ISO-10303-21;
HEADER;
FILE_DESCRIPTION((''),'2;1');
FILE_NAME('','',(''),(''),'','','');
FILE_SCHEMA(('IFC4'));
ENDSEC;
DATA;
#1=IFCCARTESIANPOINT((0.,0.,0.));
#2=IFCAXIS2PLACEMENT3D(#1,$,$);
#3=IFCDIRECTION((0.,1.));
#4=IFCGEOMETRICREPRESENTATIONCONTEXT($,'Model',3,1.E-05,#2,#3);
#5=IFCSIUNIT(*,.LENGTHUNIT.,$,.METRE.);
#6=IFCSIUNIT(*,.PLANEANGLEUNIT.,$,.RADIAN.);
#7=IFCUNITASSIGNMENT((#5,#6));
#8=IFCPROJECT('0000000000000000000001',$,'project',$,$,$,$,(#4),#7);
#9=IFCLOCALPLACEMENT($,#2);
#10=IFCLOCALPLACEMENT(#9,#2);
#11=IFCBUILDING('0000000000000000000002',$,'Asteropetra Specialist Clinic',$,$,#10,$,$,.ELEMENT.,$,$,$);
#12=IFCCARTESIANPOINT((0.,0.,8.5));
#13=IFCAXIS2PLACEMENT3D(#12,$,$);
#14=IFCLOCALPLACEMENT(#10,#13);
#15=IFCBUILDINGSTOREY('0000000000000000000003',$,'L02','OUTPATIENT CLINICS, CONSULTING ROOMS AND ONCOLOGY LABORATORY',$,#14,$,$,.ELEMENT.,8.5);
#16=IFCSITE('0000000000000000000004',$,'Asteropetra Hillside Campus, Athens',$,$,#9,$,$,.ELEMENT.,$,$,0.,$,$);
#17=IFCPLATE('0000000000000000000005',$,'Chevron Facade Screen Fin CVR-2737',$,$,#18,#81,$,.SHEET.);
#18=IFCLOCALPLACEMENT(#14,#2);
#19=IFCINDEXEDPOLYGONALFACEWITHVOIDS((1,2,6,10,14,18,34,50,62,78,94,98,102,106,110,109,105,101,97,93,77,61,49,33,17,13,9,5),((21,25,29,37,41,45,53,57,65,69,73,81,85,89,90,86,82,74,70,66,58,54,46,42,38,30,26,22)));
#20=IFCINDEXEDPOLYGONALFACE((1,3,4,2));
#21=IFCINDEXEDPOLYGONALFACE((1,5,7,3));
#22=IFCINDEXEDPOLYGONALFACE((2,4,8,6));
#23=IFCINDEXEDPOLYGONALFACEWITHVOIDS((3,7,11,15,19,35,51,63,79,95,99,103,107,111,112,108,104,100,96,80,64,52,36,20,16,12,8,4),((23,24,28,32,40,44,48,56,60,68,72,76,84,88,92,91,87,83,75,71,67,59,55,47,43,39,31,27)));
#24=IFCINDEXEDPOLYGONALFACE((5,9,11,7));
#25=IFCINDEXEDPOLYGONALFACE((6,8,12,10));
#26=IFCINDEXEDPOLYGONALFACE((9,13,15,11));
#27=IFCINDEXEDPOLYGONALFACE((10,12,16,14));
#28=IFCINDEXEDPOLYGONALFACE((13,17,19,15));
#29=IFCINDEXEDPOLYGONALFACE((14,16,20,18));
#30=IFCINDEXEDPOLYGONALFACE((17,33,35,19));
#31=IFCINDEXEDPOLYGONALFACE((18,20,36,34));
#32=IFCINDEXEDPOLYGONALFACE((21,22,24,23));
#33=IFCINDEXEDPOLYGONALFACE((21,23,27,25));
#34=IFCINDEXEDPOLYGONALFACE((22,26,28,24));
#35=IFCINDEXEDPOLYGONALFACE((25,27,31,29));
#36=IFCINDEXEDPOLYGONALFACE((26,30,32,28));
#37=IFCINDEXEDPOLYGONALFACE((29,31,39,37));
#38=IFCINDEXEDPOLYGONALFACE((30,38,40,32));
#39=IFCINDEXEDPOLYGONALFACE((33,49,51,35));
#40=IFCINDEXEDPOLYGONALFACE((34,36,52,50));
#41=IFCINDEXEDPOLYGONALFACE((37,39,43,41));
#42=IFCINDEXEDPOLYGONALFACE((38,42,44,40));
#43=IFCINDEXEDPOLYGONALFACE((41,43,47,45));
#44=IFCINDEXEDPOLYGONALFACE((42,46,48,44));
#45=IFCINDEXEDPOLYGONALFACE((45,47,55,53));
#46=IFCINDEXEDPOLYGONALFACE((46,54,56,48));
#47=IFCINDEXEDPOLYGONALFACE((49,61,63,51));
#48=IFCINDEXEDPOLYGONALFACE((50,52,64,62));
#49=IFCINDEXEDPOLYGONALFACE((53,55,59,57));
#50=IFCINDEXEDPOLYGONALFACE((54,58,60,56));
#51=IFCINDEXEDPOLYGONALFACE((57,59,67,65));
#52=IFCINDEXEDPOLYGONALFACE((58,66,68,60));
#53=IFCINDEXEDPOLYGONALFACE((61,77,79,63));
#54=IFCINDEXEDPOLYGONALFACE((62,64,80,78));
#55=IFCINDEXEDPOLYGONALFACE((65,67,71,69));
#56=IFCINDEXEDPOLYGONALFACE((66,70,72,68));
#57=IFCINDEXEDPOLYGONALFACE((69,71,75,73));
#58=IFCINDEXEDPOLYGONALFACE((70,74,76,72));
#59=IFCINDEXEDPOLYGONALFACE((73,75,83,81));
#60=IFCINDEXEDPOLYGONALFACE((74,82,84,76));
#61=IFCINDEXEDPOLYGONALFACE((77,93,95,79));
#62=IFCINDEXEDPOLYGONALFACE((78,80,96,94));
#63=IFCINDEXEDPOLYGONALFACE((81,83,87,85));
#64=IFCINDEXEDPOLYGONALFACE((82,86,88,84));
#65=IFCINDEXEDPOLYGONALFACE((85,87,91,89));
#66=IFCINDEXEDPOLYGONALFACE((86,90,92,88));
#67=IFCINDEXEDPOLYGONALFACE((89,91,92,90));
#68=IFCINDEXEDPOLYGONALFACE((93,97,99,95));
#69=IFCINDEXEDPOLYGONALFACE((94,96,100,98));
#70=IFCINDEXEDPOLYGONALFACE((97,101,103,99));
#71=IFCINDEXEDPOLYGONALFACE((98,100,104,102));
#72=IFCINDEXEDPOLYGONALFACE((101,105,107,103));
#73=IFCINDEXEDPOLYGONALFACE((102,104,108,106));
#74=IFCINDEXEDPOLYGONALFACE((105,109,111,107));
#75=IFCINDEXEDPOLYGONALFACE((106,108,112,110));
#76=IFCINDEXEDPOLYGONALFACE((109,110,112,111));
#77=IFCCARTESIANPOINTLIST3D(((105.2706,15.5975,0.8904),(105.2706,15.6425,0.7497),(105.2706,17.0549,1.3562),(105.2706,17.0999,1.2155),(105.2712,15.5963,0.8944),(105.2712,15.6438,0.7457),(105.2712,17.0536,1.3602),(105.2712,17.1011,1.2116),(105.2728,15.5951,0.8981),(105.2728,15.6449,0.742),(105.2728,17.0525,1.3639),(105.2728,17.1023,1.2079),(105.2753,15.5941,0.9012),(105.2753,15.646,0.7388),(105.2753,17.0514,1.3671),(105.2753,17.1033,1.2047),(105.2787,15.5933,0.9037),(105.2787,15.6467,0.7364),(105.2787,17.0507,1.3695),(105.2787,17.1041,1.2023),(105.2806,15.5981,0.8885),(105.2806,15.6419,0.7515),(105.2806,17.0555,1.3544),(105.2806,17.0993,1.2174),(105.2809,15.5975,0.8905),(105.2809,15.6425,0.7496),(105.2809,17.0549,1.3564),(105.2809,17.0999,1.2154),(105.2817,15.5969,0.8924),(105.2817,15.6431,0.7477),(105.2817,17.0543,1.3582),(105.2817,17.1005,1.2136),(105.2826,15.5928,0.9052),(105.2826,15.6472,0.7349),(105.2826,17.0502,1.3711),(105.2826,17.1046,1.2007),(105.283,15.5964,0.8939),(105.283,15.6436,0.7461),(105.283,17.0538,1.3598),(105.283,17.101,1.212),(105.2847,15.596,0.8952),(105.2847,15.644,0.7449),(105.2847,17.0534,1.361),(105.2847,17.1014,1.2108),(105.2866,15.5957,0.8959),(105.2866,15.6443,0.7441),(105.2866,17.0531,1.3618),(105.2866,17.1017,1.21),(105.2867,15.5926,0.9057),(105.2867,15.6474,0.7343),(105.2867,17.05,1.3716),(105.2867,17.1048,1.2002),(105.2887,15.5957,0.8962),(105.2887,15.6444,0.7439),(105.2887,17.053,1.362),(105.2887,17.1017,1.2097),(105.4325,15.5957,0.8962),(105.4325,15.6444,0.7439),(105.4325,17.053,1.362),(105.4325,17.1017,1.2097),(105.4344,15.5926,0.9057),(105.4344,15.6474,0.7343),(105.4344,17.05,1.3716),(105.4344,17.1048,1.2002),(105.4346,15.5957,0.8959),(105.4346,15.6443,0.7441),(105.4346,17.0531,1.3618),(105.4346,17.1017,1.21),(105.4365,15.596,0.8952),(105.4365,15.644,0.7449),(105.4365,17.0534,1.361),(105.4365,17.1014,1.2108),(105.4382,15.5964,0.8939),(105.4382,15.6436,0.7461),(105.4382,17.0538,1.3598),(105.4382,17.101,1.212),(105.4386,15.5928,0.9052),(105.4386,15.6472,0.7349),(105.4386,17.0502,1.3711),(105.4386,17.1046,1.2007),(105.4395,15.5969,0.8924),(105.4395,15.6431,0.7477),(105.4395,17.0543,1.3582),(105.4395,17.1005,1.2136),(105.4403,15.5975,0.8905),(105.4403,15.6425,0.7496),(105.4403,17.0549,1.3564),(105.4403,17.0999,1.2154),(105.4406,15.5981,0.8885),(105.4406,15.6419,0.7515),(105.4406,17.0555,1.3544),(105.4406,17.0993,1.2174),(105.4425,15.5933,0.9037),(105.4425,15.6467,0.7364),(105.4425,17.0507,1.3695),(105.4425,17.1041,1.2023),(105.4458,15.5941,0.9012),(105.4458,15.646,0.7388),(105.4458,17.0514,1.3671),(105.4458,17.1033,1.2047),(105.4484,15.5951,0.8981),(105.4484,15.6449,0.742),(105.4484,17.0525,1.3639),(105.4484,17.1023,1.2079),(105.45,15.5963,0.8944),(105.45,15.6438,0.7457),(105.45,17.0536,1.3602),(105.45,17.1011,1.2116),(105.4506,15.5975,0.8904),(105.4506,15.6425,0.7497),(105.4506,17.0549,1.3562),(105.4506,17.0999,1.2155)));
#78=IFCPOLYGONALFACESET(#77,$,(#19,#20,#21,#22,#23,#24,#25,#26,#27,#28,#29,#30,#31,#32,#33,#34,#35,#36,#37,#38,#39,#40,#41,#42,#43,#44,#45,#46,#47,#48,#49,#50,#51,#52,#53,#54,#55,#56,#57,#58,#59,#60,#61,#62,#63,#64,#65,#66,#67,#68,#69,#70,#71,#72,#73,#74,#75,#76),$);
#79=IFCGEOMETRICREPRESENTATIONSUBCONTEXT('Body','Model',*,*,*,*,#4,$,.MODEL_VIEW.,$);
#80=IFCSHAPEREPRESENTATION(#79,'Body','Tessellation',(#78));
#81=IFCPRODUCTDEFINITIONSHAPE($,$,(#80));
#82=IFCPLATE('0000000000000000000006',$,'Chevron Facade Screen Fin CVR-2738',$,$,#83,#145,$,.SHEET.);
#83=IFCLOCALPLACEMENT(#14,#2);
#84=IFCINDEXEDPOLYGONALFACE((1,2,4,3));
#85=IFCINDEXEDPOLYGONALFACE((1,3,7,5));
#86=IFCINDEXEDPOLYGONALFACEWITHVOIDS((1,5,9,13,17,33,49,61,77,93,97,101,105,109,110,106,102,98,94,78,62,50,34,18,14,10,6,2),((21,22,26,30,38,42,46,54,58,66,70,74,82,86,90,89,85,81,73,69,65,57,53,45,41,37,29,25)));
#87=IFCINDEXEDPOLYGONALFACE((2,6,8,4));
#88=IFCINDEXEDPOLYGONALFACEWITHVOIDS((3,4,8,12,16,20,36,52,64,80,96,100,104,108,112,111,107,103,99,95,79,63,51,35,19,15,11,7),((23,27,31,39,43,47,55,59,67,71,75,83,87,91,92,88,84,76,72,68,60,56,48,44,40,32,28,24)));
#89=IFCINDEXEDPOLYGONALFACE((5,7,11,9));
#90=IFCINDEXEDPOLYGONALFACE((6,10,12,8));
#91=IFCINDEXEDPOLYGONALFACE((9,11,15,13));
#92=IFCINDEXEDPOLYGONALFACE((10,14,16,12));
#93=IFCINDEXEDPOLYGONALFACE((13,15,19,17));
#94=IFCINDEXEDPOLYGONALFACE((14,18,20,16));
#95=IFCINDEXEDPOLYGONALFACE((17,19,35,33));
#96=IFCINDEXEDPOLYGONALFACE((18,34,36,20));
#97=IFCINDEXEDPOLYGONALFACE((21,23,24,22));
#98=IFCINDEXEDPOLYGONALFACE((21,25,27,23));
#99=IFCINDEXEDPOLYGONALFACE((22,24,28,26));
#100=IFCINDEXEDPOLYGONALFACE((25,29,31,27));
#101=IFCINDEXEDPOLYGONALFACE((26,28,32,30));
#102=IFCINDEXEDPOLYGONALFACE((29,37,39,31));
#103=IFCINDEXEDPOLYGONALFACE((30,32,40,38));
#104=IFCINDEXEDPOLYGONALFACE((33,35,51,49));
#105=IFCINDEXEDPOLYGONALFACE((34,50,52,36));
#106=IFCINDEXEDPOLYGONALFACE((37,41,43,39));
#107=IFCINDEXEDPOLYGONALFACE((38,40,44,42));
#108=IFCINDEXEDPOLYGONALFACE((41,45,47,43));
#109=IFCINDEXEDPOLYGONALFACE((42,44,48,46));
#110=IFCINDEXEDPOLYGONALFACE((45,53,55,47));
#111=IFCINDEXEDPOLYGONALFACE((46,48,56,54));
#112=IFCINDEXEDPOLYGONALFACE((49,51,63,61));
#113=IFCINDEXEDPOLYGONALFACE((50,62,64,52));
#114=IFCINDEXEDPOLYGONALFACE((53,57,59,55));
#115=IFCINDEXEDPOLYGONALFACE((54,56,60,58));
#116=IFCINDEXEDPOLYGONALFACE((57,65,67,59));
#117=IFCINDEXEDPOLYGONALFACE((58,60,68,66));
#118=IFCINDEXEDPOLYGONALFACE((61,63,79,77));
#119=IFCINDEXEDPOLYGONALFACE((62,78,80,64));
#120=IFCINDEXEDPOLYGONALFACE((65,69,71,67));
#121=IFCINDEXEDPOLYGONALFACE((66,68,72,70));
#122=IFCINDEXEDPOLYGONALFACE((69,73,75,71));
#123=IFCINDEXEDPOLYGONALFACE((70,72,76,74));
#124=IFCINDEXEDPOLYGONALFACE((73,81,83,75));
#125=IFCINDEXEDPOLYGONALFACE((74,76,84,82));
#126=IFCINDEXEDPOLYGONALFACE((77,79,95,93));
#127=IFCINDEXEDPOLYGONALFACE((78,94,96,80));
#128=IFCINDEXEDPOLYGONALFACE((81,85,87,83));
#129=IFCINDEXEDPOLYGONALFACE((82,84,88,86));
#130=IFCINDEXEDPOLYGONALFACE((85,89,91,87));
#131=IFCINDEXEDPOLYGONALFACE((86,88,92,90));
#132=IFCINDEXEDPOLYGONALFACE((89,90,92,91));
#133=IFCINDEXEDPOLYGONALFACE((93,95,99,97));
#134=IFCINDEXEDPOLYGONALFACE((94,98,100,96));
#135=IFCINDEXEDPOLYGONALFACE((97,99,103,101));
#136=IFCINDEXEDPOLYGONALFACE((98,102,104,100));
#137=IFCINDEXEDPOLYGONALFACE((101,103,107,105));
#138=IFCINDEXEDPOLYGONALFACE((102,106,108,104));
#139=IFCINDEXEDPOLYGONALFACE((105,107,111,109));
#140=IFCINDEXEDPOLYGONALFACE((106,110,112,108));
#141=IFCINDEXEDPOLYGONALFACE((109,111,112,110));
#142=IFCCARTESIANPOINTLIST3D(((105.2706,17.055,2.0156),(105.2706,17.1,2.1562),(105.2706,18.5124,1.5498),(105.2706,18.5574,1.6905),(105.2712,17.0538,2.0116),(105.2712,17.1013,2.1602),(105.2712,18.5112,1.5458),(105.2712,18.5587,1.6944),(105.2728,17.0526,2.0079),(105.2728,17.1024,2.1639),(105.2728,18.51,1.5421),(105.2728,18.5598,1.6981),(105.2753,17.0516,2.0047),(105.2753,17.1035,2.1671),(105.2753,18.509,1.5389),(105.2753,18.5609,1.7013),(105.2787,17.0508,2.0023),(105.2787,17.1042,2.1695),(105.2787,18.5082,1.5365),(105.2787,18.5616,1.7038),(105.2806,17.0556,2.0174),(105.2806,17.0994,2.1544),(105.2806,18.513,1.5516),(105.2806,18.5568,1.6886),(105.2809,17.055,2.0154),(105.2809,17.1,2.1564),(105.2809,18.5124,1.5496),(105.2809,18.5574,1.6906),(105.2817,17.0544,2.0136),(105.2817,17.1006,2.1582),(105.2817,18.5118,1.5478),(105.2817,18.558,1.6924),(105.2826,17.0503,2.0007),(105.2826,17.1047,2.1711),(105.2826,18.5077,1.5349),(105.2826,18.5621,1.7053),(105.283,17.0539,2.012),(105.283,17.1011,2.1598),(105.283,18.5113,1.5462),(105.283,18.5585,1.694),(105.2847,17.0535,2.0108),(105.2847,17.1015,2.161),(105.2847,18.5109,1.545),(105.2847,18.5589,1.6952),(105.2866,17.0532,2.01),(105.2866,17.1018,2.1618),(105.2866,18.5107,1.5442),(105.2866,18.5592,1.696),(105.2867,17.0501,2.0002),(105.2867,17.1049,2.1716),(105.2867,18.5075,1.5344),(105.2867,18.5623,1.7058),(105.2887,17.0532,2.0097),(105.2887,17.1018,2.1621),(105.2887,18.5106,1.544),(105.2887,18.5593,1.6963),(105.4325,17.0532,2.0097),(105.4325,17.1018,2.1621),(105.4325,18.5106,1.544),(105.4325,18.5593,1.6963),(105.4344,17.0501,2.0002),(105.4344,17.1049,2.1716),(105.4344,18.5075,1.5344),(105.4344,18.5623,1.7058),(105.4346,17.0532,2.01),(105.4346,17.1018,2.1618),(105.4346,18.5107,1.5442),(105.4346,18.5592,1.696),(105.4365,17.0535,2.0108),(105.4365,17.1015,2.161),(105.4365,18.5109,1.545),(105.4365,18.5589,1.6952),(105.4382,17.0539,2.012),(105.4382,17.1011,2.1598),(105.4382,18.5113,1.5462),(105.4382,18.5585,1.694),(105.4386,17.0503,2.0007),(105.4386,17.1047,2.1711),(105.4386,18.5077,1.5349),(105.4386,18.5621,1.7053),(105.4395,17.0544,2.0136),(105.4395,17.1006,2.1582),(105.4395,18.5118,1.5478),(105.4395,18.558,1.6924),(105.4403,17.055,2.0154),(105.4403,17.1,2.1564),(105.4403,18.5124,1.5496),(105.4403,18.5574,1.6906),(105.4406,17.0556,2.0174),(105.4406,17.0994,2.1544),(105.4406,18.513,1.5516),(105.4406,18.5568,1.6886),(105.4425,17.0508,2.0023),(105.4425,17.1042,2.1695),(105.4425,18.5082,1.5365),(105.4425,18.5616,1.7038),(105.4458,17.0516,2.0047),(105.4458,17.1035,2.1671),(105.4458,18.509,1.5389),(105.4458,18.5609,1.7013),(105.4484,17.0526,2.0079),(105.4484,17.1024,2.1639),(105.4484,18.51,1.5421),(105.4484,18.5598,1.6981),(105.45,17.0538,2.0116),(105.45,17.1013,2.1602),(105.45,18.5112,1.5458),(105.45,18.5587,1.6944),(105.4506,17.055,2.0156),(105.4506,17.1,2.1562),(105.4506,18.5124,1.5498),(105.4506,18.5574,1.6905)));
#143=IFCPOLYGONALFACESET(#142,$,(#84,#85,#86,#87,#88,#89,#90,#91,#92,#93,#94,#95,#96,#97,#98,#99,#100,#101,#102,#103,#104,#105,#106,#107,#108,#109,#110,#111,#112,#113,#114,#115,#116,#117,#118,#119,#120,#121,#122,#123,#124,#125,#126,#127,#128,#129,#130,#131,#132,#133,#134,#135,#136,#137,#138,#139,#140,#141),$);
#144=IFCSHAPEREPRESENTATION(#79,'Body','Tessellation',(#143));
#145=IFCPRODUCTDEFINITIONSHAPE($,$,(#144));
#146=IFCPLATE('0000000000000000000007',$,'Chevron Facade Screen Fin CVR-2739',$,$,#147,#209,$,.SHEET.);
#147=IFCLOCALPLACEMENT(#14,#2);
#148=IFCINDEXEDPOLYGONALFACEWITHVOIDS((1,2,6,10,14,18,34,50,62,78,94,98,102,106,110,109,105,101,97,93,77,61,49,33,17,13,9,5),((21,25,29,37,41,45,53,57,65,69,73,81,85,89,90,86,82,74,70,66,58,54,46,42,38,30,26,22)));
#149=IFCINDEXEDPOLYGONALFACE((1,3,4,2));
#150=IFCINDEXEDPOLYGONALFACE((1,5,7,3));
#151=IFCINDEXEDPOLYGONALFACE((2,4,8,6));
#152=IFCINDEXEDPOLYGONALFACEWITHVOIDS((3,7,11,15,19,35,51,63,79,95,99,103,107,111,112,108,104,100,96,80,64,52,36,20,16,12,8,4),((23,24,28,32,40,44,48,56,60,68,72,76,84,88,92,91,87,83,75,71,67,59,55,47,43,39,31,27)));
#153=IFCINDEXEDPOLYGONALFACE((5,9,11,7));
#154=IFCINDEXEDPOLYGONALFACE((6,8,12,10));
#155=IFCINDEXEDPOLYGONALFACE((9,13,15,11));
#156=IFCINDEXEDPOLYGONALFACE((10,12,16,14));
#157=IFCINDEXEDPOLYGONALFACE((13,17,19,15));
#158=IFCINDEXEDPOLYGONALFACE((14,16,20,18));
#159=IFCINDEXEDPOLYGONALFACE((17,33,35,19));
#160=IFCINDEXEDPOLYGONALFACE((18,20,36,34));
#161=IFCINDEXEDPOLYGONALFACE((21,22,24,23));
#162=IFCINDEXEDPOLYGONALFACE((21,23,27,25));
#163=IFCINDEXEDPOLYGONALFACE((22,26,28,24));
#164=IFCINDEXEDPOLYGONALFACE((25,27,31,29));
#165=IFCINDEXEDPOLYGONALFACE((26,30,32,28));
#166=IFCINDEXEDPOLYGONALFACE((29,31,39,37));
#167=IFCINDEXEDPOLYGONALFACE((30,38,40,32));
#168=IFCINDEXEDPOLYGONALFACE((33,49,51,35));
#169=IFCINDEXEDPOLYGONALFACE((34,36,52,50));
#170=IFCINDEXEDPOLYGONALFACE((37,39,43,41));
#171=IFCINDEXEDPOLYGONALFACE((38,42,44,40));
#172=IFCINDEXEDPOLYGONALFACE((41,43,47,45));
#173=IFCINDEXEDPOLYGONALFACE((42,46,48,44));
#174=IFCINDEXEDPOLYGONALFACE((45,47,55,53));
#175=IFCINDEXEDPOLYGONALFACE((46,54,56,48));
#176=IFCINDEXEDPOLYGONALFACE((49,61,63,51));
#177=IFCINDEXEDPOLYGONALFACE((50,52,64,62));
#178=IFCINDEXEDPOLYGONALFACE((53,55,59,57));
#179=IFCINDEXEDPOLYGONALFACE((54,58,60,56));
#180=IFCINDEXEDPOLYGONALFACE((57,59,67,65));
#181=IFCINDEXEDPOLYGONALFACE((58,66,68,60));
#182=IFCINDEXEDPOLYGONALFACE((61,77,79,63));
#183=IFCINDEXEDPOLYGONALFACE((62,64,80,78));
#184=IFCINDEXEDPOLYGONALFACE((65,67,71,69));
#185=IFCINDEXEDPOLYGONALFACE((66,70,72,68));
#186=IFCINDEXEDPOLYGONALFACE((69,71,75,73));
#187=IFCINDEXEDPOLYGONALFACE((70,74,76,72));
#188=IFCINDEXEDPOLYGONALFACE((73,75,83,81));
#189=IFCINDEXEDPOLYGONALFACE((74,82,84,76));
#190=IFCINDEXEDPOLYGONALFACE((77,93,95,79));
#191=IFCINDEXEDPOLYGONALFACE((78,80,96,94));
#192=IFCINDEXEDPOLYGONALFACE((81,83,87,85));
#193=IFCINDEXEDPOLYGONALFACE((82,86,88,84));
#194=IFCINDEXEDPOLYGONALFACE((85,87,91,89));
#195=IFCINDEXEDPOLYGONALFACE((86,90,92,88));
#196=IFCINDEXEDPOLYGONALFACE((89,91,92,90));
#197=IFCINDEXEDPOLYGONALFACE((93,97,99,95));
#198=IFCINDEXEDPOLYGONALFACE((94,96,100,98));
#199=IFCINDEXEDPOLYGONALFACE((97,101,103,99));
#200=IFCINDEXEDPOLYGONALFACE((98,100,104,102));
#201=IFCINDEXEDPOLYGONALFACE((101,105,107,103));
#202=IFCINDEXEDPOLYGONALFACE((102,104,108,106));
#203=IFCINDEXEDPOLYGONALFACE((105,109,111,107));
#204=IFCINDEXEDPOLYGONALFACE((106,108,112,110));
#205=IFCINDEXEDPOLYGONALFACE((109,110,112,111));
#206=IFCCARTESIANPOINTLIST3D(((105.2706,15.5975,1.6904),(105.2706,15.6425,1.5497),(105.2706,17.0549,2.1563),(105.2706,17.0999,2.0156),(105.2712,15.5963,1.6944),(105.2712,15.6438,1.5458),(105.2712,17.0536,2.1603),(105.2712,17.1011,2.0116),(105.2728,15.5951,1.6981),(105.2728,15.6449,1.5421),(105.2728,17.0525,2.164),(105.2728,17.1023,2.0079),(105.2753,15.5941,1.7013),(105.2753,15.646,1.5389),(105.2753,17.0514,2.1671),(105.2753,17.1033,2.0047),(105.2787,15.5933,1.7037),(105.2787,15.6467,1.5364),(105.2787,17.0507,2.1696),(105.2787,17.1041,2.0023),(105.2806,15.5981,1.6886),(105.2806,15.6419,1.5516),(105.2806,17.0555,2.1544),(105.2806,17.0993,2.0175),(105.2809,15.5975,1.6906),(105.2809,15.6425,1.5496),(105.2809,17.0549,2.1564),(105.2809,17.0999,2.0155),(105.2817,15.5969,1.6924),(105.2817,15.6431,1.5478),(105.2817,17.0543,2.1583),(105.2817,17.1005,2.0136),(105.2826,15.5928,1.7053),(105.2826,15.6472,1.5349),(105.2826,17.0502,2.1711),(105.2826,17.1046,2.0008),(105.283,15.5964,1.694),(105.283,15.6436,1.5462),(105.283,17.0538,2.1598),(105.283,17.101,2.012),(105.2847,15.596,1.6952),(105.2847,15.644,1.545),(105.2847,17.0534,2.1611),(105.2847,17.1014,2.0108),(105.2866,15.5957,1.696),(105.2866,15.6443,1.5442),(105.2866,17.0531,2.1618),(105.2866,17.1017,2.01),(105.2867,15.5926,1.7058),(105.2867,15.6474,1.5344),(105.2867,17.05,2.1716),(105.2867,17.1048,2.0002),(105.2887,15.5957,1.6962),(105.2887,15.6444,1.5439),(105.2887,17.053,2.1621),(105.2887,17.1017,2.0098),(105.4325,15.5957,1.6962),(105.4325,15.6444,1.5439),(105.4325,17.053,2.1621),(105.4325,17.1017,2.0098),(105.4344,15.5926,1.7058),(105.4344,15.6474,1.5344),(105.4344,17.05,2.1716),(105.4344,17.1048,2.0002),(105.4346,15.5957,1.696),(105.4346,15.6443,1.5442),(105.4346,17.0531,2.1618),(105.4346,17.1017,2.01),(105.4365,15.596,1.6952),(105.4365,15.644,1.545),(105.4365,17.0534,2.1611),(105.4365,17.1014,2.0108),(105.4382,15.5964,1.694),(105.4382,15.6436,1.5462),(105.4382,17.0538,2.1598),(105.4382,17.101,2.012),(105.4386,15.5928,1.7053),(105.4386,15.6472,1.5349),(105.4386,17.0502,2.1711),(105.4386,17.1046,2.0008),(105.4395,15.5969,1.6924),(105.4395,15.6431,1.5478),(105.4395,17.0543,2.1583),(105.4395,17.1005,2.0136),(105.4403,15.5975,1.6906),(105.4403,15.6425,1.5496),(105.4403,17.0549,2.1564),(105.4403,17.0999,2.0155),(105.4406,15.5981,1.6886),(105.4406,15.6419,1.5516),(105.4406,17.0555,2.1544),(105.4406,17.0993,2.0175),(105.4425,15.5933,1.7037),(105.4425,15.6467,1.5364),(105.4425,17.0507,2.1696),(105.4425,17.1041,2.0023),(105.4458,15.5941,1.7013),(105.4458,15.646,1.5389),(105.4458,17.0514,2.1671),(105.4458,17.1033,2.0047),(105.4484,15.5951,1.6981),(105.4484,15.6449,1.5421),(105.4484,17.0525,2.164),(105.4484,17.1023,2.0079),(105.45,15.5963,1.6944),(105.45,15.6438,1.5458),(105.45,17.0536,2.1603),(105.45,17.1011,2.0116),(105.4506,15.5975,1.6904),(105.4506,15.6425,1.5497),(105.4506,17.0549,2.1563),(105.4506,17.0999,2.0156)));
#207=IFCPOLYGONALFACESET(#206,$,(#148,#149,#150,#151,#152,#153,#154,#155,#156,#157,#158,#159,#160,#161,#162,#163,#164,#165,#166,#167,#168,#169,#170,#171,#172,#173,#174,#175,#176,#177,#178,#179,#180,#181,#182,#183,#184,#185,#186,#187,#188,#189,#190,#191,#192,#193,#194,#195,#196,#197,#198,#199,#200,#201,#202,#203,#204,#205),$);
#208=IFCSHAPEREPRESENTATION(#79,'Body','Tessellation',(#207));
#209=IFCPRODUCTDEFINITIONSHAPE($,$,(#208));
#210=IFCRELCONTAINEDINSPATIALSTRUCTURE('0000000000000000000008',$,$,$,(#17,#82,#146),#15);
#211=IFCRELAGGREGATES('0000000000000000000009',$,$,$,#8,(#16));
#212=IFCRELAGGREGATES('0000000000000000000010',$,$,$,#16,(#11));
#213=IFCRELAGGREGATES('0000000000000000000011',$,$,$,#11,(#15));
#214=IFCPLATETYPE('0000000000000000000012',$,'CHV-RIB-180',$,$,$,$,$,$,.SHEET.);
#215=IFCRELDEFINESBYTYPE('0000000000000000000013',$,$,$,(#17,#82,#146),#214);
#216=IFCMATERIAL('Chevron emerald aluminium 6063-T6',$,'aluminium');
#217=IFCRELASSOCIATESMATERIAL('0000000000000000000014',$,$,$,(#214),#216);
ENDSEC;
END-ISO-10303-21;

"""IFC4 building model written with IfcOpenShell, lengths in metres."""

from ifc_helpers import new_model, si_unit, direction, frame, origin, origin_2d, place, context, subcontext, project, spatial, hollow_rectangle, extrude, material, material_profile, profile_set, type_object, element, save


model = new_model("IFC4")

# Units and contexts
model_context = context("Model", 3, precision=1e-05, world=origin(), true_north=direction((0.0, 1.0)))
body_context = subcontext(model_context, "Body", "Model", "MODEL_VIEW")
ifc_project = project(units=[si_unit("LENGTHUNIT", "METRE"), si_unit("PLANEANGLEUNIT", "RADIAN")], contexts=[model_context])

# Site, building, storey
site_placement = place(None, origin())
site = spatial("IfcSite", under=ifc_project, at=site_placement, Name="Asteropetra Hillside Campus, Athens", CompositionType="ELEMENT", RefElevation=0.0)
building_placement = place(site_placement, origin())
building = spatial("IfcBuilding", under=site, at=building_placement, Name="Asteropetra Specialist Clinic", CompositionType="ELEMENT")
storey_placement = place(building_placement, frame((0.0, 0.0, 8.5)))
storey = spatial("IfcBuildingStorey", under=building, at=storey_placement, Name="L02", Description="OUTPATIENT CLINICS, CONSULTING ROOMS AND ONCOLOGY LABORATORY", CompositionType="ELEMENT", Elevation=8.5)

# Plates
ifc_material_1 = material(Name="Chevron emerald aluminium 6063-T6", Category="aluminium")
ifc_material_profile = material_profile(ifc_material_1, hollow_rectangle(XDim=0.1799, YDim=0.1799, WallThickness=0.01, InnerFilletRadius=0.0081, OuterFilletRadius=0.0161, at=origin_2d()), Name="SHS 180x180x10.0")
ifc_profile_set = profile_set([ifc_material_profile], Name="Chevron emerald aluminium 6063-T6")
plate_type = type_object("IfcPlateType", Name="CHV-RIB-180", PredefinedType="SHEET", material=ifc_profile_set)
for number, where, z_axis, x_axis, name in (
    (1, (105.3606, 17.0774, 1.2859), (0.0, -0.95252, -0.304475), (1.0, 0.0, 0.0), "Chevron Facade Screen Fin CVR-2737"),
    (2, (105.3606, 18.5349, 1.6201), (0.0, -0.952535, 0.304428), (1.0, 0.0, 0.0), "Chevron Facade Screen Fin CVR-2738"),
    (3, (105.3606, 17.0774, 2.0859), (0.0, -0.95252, -0.304475), (1.0, 0.0, 0.0), "Chevron Facade Screen Fin CVR-2739"),
):
    element("IfcPlate", number, at=place(storey_placement, frame(where, z_axis=z_axis, x_axis=x_axis)), inside=storey, type_object=plate_type, Name=name, PredefinedType="SHEET", context=body_context, shape_type="SweptSolid", body=[
        extrude(hollow_rectangle(XDim=0.1799, YDim=0.1799, WallThickness=0.01, InnerFilletRadius=0.0081, OuterFilletRadius=0.0161, at=origin_2d()), origin(), (0.0, 0.0, 1.0), 1.53),
    ])

save(model, "model.ifc")
